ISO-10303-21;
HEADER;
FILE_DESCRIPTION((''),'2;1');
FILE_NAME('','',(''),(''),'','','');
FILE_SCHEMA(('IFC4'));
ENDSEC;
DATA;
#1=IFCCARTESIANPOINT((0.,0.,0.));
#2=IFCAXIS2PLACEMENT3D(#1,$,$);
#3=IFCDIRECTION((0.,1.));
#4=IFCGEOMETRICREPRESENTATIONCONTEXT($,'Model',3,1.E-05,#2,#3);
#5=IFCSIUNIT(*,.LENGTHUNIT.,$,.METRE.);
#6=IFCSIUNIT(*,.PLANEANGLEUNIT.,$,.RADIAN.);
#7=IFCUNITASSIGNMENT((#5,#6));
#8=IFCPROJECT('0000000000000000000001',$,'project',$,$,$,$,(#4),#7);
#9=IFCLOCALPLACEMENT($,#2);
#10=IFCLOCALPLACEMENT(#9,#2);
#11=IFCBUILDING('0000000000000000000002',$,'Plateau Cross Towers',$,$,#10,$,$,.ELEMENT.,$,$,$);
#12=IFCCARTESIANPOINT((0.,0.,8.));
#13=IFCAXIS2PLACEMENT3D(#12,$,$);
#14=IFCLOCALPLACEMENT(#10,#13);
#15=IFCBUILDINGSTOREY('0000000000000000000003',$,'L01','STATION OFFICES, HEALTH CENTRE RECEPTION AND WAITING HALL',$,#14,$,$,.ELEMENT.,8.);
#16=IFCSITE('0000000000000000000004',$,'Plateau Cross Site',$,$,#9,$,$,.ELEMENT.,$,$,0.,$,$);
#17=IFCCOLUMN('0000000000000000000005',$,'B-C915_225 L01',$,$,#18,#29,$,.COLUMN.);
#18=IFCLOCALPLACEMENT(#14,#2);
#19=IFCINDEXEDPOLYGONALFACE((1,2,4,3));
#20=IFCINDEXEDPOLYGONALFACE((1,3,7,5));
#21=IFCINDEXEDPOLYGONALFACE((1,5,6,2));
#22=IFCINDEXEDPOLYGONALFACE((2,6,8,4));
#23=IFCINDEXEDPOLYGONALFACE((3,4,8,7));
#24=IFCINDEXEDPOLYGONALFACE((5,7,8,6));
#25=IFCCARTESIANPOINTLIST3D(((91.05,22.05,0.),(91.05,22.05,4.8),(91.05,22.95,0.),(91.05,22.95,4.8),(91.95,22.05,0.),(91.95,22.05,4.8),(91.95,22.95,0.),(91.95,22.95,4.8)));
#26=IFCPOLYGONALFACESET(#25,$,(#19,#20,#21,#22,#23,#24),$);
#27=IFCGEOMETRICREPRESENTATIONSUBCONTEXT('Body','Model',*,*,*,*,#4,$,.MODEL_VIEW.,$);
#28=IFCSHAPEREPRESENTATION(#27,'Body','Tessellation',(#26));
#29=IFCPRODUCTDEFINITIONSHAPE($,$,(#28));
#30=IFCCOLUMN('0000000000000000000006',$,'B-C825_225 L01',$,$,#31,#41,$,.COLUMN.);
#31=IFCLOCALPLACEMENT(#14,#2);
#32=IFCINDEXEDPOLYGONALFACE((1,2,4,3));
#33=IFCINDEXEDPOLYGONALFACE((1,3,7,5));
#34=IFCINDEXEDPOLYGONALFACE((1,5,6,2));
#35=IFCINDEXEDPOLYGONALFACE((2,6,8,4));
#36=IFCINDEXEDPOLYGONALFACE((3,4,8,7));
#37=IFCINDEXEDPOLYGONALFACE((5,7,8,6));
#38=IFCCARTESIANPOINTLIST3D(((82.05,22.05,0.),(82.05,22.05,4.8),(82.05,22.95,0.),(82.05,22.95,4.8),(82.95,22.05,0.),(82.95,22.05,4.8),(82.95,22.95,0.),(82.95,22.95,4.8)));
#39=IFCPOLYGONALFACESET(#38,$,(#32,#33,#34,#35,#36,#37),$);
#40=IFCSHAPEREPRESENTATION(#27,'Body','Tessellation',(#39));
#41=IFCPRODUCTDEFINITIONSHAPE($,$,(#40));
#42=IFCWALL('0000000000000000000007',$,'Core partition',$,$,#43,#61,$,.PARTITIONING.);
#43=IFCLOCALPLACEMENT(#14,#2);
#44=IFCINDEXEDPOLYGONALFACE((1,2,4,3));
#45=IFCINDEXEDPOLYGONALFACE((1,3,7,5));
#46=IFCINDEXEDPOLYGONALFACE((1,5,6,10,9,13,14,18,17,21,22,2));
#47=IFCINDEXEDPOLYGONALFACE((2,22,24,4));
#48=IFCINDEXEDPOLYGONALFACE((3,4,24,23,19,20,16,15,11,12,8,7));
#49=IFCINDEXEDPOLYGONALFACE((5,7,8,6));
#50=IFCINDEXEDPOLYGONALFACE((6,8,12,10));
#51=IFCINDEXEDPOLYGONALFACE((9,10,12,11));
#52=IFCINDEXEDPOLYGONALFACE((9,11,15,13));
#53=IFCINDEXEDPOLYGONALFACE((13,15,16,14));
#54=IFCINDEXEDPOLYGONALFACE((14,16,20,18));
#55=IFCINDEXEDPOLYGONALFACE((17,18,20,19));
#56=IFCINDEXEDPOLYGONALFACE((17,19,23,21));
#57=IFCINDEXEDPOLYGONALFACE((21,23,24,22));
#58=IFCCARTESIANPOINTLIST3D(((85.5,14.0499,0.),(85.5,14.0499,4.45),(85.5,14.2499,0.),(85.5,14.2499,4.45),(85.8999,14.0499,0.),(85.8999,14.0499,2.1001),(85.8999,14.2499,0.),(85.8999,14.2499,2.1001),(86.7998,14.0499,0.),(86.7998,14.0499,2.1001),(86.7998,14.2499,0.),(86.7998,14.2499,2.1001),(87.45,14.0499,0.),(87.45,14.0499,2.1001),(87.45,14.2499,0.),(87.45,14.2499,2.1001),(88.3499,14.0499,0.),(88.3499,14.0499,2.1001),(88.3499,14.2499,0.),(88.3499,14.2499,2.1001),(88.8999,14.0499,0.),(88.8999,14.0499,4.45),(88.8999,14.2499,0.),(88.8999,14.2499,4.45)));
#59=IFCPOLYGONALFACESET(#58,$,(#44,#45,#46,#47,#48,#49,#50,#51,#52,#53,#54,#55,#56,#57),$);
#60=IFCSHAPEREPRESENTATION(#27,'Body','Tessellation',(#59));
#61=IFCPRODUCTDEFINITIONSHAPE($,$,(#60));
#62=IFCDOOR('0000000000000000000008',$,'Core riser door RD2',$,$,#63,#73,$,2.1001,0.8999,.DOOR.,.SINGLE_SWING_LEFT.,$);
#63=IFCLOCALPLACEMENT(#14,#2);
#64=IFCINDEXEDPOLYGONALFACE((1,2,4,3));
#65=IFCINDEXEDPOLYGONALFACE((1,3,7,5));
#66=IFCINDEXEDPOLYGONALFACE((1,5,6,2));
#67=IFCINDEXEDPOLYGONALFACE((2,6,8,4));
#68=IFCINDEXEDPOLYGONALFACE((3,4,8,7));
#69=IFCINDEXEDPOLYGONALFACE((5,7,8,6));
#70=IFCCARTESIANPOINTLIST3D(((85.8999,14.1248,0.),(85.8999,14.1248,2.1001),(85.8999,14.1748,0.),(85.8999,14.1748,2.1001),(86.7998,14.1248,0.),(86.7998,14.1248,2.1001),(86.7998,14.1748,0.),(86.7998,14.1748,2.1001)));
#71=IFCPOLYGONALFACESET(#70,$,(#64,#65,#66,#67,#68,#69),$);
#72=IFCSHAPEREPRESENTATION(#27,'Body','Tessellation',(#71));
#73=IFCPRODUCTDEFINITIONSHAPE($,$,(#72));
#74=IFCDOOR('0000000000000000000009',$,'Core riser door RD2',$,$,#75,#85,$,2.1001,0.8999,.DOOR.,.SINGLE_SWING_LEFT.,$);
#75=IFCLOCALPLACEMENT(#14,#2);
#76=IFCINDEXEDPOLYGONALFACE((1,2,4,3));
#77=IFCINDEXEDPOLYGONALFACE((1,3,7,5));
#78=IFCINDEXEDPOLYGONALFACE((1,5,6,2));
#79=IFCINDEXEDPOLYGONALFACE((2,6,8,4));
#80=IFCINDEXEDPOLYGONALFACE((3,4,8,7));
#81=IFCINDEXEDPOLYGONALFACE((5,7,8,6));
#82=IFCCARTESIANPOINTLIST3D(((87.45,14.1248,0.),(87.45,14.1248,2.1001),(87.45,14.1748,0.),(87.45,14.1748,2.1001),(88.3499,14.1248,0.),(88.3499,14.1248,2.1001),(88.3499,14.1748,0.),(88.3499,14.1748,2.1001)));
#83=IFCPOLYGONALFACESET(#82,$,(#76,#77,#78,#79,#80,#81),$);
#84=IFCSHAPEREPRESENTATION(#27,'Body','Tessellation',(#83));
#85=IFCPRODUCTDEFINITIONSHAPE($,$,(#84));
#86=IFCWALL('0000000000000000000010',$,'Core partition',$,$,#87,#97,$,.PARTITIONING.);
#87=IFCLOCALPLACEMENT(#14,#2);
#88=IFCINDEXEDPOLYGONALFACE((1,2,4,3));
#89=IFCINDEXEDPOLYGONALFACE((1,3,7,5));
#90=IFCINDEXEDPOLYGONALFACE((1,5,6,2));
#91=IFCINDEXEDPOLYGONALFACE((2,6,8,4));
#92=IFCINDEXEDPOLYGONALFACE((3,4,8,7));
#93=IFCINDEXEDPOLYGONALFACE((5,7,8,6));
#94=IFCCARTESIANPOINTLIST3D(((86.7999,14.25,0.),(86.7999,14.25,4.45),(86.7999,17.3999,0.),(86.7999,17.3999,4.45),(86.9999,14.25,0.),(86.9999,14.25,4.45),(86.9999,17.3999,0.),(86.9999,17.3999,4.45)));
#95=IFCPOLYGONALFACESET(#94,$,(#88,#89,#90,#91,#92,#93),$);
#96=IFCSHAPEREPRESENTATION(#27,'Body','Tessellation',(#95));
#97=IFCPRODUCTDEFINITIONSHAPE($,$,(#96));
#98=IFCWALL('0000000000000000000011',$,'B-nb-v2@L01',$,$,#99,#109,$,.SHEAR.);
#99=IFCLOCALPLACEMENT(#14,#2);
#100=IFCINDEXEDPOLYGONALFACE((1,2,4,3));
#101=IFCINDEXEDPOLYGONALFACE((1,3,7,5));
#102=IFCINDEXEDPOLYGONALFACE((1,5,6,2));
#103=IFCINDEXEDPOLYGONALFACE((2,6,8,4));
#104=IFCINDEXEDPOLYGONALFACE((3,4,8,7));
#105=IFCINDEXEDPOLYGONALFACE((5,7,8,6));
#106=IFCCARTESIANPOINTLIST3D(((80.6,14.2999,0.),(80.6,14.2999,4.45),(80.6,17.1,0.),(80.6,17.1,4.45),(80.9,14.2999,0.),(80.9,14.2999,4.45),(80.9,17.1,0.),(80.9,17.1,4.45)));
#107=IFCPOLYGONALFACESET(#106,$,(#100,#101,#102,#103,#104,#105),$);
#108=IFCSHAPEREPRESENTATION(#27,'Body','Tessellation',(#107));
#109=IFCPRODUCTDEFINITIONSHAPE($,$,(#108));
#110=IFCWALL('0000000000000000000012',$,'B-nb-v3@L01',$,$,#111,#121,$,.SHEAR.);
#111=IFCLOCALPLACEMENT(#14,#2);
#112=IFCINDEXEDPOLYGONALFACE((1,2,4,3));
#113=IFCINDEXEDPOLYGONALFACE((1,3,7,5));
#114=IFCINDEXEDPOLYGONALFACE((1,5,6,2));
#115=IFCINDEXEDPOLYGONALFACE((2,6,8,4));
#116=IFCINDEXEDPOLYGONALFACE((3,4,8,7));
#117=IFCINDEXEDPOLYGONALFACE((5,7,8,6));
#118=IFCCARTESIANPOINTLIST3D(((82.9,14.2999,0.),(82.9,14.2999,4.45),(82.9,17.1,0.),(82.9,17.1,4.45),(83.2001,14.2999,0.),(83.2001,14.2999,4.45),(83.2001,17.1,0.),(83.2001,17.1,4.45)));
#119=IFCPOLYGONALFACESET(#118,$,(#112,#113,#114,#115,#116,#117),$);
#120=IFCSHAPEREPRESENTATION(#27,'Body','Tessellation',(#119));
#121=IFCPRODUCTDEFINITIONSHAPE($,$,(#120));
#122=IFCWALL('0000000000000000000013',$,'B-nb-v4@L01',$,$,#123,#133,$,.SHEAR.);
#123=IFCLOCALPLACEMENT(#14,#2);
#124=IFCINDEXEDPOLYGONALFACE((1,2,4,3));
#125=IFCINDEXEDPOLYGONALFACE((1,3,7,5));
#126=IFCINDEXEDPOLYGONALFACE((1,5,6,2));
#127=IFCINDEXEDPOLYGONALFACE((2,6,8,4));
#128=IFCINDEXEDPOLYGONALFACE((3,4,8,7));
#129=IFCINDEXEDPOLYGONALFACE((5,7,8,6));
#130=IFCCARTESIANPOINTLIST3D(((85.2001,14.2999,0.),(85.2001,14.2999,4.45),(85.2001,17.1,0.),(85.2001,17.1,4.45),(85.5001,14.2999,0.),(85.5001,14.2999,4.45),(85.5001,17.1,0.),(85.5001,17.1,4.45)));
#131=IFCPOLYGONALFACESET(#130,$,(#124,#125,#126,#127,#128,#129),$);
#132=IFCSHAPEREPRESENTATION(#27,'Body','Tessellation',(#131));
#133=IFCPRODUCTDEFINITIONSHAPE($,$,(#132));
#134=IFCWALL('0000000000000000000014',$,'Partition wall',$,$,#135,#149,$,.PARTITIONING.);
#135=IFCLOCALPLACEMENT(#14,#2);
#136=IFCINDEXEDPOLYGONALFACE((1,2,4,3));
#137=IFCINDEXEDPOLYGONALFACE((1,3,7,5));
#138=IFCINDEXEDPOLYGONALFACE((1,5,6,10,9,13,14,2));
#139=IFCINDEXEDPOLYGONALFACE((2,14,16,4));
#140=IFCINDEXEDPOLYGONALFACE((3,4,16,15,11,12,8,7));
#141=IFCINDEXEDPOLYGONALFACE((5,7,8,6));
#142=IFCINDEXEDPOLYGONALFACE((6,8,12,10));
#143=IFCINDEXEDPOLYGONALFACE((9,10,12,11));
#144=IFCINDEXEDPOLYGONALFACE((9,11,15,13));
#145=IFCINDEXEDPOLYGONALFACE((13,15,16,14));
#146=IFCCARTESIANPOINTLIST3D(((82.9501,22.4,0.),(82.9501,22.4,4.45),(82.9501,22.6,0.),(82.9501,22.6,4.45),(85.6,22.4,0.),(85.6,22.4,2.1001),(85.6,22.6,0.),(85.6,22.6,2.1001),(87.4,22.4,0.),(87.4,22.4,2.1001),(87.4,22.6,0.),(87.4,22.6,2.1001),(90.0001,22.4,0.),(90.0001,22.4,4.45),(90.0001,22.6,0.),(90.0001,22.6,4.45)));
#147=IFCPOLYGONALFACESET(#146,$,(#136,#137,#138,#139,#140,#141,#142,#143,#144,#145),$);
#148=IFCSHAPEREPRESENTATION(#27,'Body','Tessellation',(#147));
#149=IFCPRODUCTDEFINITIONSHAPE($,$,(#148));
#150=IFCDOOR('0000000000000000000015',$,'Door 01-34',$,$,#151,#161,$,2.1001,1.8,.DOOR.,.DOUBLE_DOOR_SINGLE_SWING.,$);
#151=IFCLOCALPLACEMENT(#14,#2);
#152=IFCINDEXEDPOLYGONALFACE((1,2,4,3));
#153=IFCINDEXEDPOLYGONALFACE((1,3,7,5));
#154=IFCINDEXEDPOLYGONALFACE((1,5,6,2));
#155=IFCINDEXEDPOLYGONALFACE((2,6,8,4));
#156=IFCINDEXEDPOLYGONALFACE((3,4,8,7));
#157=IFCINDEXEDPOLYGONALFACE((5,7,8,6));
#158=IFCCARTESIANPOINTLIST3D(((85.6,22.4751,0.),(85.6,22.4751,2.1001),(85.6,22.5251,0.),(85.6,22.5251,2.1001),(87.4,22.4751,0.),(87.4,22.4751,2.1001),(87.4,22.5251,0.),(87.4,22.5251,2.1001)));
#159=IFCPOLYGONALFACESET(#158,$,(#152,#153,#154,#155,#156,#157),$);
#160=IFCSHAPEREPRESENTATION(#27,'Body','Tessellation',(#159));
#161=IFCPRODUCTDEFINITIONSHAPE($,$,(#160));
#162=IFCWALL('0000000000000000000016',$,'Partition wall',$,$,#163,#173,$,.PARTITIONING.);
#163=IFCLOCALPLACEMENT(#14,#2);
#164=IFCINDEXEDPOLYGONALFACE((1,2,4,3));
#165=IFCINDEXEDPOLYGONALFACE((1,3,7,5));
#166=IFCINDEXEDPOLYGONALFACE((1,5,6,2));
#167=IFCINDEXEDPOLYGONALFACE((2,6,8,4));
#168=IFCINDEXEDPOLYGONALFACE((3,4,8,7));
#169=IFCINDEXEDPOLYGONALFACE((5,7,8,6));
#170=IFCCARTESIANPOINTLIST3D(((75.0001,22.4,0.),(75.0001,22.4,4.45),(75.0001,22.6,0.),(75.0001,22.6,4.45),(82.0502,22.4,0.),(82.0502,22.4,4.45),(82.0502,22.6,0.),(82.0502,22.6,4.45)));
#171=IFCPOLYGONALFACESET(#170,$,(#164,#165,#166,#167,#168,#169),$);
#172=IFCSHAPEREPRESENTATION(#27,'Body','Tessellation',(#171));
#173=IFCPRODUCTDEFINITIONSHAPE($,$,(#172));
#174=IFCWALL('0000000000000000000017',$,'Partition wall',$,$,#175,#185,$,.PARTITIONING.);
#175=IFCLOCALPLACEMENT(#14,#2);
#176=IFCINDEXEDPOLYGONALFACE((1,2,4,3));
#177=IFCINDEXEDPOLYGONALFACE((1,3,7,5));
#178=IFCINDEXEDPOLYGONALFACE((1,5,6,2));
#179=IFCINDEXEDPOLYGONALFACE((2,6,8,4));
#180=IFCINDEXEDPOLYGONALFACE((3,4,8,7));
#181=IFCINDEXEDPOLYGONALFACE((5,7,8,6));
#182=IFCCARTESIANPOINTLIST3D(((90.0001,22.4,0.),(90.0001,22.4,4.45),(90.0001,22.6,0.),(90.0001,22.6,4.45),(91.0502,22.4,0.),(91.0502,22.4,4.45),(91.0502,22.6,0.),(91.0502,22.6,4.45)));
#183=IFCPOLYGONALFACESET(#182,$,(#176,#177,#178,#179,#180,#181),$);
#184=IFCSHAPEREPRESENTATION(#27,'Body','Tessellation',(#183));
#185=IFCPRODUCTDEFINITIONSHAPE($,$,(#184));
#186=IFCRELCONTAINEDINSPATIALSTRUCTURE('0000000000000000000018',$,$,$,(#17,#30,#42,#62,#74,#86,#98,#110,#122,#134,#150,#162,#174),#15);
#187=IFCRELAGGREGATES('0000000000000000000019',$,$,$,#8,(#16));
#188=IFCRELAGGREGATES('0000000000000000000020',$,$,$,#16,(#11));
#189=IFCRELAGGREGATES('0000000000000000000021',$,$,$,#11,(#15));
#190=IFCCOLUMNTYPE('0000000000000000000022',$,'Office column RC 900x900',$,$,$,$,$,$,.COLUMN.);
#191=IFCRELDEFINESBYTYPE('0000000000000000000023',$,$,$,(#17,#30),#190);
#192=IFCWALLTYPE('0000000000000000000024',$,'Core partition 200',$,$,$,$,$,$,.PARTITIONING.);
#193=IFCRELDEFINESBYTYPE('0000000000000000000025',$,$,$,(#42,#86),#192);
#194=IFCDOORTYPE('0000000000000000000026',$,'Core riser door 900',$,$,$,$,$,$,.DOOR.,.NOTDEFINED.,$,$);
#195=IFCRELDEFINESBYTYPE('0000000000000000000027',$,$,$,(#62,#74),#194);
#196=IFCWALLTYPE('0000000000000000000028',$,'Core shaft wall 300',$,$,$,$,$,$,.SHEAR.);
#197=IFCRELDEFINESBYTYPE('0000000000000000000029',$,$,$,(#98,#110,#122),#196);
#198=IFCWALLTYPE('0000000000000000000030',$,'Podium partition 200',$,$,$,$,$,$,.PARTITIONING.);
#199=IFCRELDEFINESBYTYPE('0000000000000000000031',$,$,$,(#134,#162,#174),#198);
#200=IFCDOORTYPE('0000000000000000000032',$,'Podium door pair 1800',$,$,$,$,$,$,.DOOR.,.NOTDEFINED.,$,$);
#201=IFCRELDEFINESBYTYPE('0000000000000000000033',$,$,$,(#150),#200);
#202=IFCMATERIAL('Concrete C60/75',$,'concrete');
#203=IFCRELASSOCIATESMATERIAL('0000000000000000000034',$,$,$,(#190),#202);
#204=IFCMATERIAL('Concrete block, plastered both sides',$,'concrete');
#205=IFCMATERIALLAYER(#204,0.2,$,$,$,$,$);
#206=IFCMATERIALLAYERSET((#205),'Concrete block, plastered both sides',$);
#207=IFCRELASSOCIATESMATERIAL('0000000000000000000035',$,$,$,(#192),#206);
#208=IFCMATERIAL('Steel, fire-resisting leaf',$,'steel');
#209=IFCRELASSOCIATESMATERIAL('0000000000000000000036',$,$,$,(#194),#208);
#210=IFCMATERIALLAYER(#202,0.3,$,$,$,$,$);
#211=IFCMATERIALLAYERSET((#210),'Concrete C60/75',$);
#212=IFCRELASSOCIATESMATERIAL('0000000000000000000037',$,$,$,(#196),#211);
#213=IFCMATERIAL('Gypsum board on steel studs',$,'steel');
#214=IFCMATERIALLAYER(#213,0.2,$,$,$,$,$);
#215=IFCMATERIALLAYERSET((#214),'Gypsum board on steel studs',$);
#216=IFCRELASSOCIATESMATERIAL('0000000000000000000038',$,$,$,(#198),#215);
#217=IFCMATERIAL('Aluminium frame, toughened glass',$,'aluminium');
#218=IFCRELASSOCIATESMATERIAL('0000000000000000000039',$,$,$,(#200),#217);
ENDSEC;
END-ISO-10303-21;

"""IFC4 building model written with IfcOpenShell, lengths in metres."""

from ifc_helpers import new_model, si_unit, direction, frame, frame_2d, origin, origin_2d, place, context, subcontext, project, spatial, rectangle, extrude, material, layer, layer_set, material_profile, profile_set, type_object, element, fill, save


model = new_model("IFC4")

# Units and contexts
model_context = context("Model", 3, precision=1e-05, world=origin(), true_north=direction((0.0, 1.0)))
body_context = subcontext(model_context, "Body", "Model", "MODEL_VIEW")
ifc_project = project(units=[si_unit("LENGTHUNIT", "METRE"), si_unit("PLANEANGLEUNIT", "RADIAN")], contexts=[model_context])

# Site, building, storey
site_placement = place(None, origin())
site = spatial("IfcSite", under=ifc_project, at=site_placement, Name="Plateau Cross Site", CompositionType="ELEMENT", RefElevation=0.0)
building_placement = place(site_placement, origin())
building = spatial("IfcBuilding", under=site, at=building_placement, Name="Plateau Cross Towers", CompositionType="ELEMENT")
storey_placement = place(building_placement, frame((0.0, 0.0, 8.0)))
storey = spatial("IfcBuildingStorey", under=building, at=storey_placement, Name="L01", Description="STATION OFFICES, HEALTH CENTRE RECEPTION AND WAITING HALL", CompositionType="ELEMENT", Elevation=8.0)

# Columns
ifc_material_1 = material(Name="Concrete C60/75", Category="concrete")
ifc_material_profile = material_profile(ifc_material_1, rectangle(XDim=0.8999, YDim=0.8999, at=origin_2d()), Name="RC 900x900")
ifc_profile_set = profile_set([ifc_material_profile], Name="Concrete C60/75")
column_type = type_object("IfcColumnType", Name="Office column RC 900x900", PredefinedType="COLUMN", material=ifc_profile_set)
for number, where, z_axis, x_axis, name in (
    (1, (91.5, 22.5, 0.0), (0.0, 0.0, 1.0), (1.0, 0.0, 0.0), "B-C915_225 L01"),
    (2, (82.5, 22.5, 0.0), (0.0, 0.0, 1.0), (1.0, 0.0, 0.0), "B-C825_225 L01"),
):
    element("IfcColumn", number, at=place(storey_placement, frame(where, z_axis=z_axis, x_axis=x_axis)), inside=storey, type_object=column_type, Name=name, PredefinedType="COLUMN", context=body_context, shape_type="SweptSolid", body=[
        extrude(rectangle(XDim=0.8999, YDim=0.8999, at=origin_2d()), origin(), (0.0, 0.0, 1.0), 4.8),
    ])

# Wall, openings, doors
ifc_material_2 = material(Name="Concrete block, plastered both sides", Category="concrete")
ifc_layer_1 = layer(ifc_material_2, 0.2)
ifc_layer_set_1 = layer_set([ifc_layer_1], Name="Concrete block, plastered both sides")
wall_type_1 = type_object("IfcWallType", Name="Core partition 200", PredefinedType="PARTITIONING", material=ifc_layer_set_1)
wall_1_placement = place(storey_placement, frame((85.5, 14.1499, 0.0), z_axis=(0.0, 0.0, 1.0), x_axis=(1.0, 0.0, 0.0)))
wall_1 = element("IfcWall", 3, at=wall_1_placement, inside=storey, type_object=wall_type_1, Name="Core partition", PredefinedType="PARTITIONING", context=body_context, shape_type="SweptSolid", body=[
    extrude(rectangle(XDim=3.3999, YDim=0.2, at=frame_2d((1.7, 0.0))), origin(), (0.0, 0.0, 1.0), 4.45),
])
opening_1_placement = place(wall_1_placement, frame((0.3999, 0.0, 0.0)))
opening_1 = element("IfcOpeningElement", 4, at=opening_1_placement, cuts=wall_1, PredefinedType="OPENING", context=body_context, shape_type="SweptSolid", body=[
    extrude(rectangle(XDim=0.8999, YDim=2.1001, at=frame_2d((0.45, 1.05))), frame((0.0, 0.1099, 0.0), z_axis=(0.0, -1.0, 0.0), x_axis=(1.0, 0.0, 0.0)), (0.0, 0.0, 1.0), 0.22),
])
opening_2_placement = place(wall_1_placement, frame((1.95, 0.0, 0.0)))
opening_2 = element("IfcOpeningElement", 5, at=opening_2_placement, cuts=wall_1, PredefinedType="OPENING", context=body_context, shape_type="SweptSolid", body=[
    extrude(rectangle(XDim=0.8999, YDim=2.1001, at=frame_2d((0.45, 1.05))), frame((0.0, 0.1099, 0.0), z_axis=(0.0, -1.0, 0.0), x_axis=(1.0, 0.0, 0.0)), (0.0, 0.0, 1.0), 0.22),
])
ifc_material_3 = material(Name="Steel, fire-resisting leaf", Category="steel")
door_type_1 = type_object("IfcDoorType", Name="Core riser door 900", OperationType="NOTDEFINED", PredefinedType="DOOR", material=ifc_material_3)
door_1_placement = place(opening_1_placement, origin())
door_1 = element("IfcDoor", 6, at=door_1_placement, inside=storey, type_object=door_type_1, Name="Core riser door RD2", OperationType="SINGLE_SWING_LEFT", OverallHeight=2.1001, OverallWidth=0.8999, PredefinedType="DOOR", context=body_context, shape_type="SweptSolid", body=[
    extrude(rectangle(XDim=0.8999, YDim=2.1001, at=frame_2d((0.45, 1.05))), frame((0.0, 0.0249, 0.0), z_axis=(0.0, -1.0, 0.0), x_axis=(1.0, 0.0, 0.0)), (0.0, 0.0, 1.0), 0.05),
])
fill(opening_1, door_1)
door_2_placement = place(opening_2_placement, origin())
door_2 = element("IfcDoor", 7, at=door_2_placement, inside=storey, type_object=door_type_1, Name="Core riser door RD2", OperationType="SINGLE_SWING_LEFT", OverallHeight=2.1001, OverallWidth=0.8999, PredefinedType="DOOR", context=body_context, shape_type="SweptSolid", body=[
    extrude(rectangle(XDim=0.8999, YDim=2.1001, at=frame_2d((0.45, 1.05))), frame((0.0, 0.0249, 0.0), z_axis=(0.0, -1.0, 0.0), x_axis=(1.0, 0.0, 0.0)), (0.0, 0.0, 1.0), 0.05),
])
fill(opening_2, door_2)

# Walls
wall_2_placement = place(storey_placement, frame((86.8999, 14.25, 0.0), z_axis=(0.0, 0.0, 1.0), x_axis=(0.0, 1.0, 0.0)))
element("IfcWall", 8, at=wall_2_placement, inside=storey, type_object=wall_type_1, Name="Core partition", PredefinedType="PARTITIONING", context=body_context, shape_type="SweptSolid", body=[
    extrude(rectangle(XDim=3.1499, YDim=0.2, at=frame_2d((1.575, 0.0))), origin(), (0.0, 0.0, 1.0), 4.45),
])
ifc_layer_2 = layer(ifc_material_1, 0.3)
ifc_layer_set_2 = layer_set([ifc_layer_2], Name="Concrete C60/75")
wall_type_2 = type_object("IfcWallType", Name="Core shaft wall 300", PredefinedType="SHEAR", material=ifc_layer_set_2)
for number, where, z_axis, x_axis, name in (
    (9, (80.75, 14.3, 0.0), (0.0, 0.0, 1.0), (0.0, 1.0, 0.0), "B-nb-v2@L01"),
    (10, (83.05, 14.3, 0.0), (0.0, 0.0, 1.0), (0.0, 1.0, 0.0), "B-nb-v3@L01"),
    (11, (85.3501, 14.3, 0.0), (0.0, 0.0, 1.0), (0.0, 1.0, 0.0), "B-nb-v4@L01"),
):
    element("IfcWall", number, at=place(storey_placement, frame(where, z_axis=z_axis, x_axis=x_axis)), inside=storey, type_object=wall_type_2, Name=name, PredefinedType="SHEAR", context=body_context, shape_type="SweptSolid", body=[
        extrude(rectangle(XDim=2.8, YDim=0.3, at=frame_2d((1.3999, 0.0))), origin(), (0.0, 0.0, 1.0), 4.45),
    ])

# Wall, opening, door
ifc_material_4 = material(Name="Gypsum board on steel studs", Category="steel")
ifc_layer_3 = layer(ifc_material_4, 0.2)
ifc_layer_set_3 = layer_set([ifc_layer_3], Name="Gypsum board on steel studs")
wall_type_3 = type_object("IfcWallType", Name="Podium partition 200", PredefinedType="PARTITIONING", material=ifc_layer_set_3)
wall_3_placement = place(storey_placement, frame((90.0, 22.5, 0.0), z_axis=(0.0, 0.0, 1.0), x_axis=(-1.0, 0.0, 0.0)))
wall_3 = element("IfcWall", 12, at=wall_3_placement, inside=storey, type_object=wall_type_3, Name="Partition wall", PredefinedType="PARTITIONING", context=body_context, shape_type="SweptSolid", body=[
    extrude(rectangle(XDim=7.05, YDim=0.2, at=frame_2d((3.5249, 0.0))), origin(), (0.0, 0.0, 1.0), 4.45),
])
opening_3_placement = place(wall_3_placement, frame((2.6001, 0.0, 0.0)))
opening_3 = element("IfcOpeningElement", 13, at=opening_3_placement, cuts=wall_3, PredefinedType="OPENING", context=body_context, shape_type="SweptSolid", body=[
    extrude(rectangle(XDim=1.8, YDim=2.1001, at=frame_2d((0.8999, 1.05))), frame((0.0, 0.1099, 0.0), z_axis=(0.0, -1.0, 0.0), x_axis=(1.0, 0.0, 0.0)), (0.0, 0.0, 1.0), 0.22),
])
ifc_material_5 = material(Name="Aluminium frame, toughened glass", Category="aluminium")
door_type_2 = type_object("IfcDoorType", Name="Podium door pair 1800", OperationType="NOTDEFINED", PredefinedType="DOOR", material=ifc_material_5)
door_3_placement = place(opening_3_placement, origin())
door_3 = element("IfcDoor", 14, at=door_3_placement, inside=storey, type_object=door_type_2, Name="Door 01-34", OperationType="DOUBLE_DOOR_SINGLE_SWING", OverallHeight=2.1001, OverallWidth=1.8, PredefinedType="DOOR", context=body_context, shape_type="SweptSolid", body=[
    extrude(rectangle(XDim=1.8, YDim=2.1001, at=frame_2d((0.8999, 1.05))), frame((0.0, 0.0249, 0.0), z_axis=(0.0, -1.0, 0.0), x_axis=(1.0, 0.0, 0.0)), (0.0, 0.0, 1.0), 0.05),
])
fill(opening_3, door_3)

# Walls
wall_4_placement = place(storey_placement, frame((82.05, 22.5, 0.0), z_axis=(0.0, 0.0, 1.0), x_axis=(-1.0, 0.0, 0.0)))
element("IfcWall", 15, at=wall_4_placement, inside=storey, type_object=wall_type_3, Name="Partition wall", PredefinedType="PARTITIONING", context=body_context, shape_type="SweptSolid", body=[
    extrude(rectangle(XDim=7.05, YDim=0.2, at=frame_2d((3.5249, 0.0))), origin(), (0.0, 0.0, 1.0), 4.45),
])
wall_5_placement = place(storey_placement, frame((91.05, 22.5, 0.0), z_axis=(0.0, 0.0, 1.0), x_axis=(-1.0, 0.0, 0.0)))
element("IfcWall", 16, at=wall_5_placement, inside=storey, type_object=wall_type_3, Name="Partition wall", PredefinedType="PARTITIONING", context=body_context, shape_type="SweptSolid", body=[
    extrude(rectangle(XDim=1.05, YDim=0.2, at=frame_2d((0.5249, 0.0))), origin(), (0.0, 0.0, 1.0), 4.45),
])

save(model, "model.ifc")
